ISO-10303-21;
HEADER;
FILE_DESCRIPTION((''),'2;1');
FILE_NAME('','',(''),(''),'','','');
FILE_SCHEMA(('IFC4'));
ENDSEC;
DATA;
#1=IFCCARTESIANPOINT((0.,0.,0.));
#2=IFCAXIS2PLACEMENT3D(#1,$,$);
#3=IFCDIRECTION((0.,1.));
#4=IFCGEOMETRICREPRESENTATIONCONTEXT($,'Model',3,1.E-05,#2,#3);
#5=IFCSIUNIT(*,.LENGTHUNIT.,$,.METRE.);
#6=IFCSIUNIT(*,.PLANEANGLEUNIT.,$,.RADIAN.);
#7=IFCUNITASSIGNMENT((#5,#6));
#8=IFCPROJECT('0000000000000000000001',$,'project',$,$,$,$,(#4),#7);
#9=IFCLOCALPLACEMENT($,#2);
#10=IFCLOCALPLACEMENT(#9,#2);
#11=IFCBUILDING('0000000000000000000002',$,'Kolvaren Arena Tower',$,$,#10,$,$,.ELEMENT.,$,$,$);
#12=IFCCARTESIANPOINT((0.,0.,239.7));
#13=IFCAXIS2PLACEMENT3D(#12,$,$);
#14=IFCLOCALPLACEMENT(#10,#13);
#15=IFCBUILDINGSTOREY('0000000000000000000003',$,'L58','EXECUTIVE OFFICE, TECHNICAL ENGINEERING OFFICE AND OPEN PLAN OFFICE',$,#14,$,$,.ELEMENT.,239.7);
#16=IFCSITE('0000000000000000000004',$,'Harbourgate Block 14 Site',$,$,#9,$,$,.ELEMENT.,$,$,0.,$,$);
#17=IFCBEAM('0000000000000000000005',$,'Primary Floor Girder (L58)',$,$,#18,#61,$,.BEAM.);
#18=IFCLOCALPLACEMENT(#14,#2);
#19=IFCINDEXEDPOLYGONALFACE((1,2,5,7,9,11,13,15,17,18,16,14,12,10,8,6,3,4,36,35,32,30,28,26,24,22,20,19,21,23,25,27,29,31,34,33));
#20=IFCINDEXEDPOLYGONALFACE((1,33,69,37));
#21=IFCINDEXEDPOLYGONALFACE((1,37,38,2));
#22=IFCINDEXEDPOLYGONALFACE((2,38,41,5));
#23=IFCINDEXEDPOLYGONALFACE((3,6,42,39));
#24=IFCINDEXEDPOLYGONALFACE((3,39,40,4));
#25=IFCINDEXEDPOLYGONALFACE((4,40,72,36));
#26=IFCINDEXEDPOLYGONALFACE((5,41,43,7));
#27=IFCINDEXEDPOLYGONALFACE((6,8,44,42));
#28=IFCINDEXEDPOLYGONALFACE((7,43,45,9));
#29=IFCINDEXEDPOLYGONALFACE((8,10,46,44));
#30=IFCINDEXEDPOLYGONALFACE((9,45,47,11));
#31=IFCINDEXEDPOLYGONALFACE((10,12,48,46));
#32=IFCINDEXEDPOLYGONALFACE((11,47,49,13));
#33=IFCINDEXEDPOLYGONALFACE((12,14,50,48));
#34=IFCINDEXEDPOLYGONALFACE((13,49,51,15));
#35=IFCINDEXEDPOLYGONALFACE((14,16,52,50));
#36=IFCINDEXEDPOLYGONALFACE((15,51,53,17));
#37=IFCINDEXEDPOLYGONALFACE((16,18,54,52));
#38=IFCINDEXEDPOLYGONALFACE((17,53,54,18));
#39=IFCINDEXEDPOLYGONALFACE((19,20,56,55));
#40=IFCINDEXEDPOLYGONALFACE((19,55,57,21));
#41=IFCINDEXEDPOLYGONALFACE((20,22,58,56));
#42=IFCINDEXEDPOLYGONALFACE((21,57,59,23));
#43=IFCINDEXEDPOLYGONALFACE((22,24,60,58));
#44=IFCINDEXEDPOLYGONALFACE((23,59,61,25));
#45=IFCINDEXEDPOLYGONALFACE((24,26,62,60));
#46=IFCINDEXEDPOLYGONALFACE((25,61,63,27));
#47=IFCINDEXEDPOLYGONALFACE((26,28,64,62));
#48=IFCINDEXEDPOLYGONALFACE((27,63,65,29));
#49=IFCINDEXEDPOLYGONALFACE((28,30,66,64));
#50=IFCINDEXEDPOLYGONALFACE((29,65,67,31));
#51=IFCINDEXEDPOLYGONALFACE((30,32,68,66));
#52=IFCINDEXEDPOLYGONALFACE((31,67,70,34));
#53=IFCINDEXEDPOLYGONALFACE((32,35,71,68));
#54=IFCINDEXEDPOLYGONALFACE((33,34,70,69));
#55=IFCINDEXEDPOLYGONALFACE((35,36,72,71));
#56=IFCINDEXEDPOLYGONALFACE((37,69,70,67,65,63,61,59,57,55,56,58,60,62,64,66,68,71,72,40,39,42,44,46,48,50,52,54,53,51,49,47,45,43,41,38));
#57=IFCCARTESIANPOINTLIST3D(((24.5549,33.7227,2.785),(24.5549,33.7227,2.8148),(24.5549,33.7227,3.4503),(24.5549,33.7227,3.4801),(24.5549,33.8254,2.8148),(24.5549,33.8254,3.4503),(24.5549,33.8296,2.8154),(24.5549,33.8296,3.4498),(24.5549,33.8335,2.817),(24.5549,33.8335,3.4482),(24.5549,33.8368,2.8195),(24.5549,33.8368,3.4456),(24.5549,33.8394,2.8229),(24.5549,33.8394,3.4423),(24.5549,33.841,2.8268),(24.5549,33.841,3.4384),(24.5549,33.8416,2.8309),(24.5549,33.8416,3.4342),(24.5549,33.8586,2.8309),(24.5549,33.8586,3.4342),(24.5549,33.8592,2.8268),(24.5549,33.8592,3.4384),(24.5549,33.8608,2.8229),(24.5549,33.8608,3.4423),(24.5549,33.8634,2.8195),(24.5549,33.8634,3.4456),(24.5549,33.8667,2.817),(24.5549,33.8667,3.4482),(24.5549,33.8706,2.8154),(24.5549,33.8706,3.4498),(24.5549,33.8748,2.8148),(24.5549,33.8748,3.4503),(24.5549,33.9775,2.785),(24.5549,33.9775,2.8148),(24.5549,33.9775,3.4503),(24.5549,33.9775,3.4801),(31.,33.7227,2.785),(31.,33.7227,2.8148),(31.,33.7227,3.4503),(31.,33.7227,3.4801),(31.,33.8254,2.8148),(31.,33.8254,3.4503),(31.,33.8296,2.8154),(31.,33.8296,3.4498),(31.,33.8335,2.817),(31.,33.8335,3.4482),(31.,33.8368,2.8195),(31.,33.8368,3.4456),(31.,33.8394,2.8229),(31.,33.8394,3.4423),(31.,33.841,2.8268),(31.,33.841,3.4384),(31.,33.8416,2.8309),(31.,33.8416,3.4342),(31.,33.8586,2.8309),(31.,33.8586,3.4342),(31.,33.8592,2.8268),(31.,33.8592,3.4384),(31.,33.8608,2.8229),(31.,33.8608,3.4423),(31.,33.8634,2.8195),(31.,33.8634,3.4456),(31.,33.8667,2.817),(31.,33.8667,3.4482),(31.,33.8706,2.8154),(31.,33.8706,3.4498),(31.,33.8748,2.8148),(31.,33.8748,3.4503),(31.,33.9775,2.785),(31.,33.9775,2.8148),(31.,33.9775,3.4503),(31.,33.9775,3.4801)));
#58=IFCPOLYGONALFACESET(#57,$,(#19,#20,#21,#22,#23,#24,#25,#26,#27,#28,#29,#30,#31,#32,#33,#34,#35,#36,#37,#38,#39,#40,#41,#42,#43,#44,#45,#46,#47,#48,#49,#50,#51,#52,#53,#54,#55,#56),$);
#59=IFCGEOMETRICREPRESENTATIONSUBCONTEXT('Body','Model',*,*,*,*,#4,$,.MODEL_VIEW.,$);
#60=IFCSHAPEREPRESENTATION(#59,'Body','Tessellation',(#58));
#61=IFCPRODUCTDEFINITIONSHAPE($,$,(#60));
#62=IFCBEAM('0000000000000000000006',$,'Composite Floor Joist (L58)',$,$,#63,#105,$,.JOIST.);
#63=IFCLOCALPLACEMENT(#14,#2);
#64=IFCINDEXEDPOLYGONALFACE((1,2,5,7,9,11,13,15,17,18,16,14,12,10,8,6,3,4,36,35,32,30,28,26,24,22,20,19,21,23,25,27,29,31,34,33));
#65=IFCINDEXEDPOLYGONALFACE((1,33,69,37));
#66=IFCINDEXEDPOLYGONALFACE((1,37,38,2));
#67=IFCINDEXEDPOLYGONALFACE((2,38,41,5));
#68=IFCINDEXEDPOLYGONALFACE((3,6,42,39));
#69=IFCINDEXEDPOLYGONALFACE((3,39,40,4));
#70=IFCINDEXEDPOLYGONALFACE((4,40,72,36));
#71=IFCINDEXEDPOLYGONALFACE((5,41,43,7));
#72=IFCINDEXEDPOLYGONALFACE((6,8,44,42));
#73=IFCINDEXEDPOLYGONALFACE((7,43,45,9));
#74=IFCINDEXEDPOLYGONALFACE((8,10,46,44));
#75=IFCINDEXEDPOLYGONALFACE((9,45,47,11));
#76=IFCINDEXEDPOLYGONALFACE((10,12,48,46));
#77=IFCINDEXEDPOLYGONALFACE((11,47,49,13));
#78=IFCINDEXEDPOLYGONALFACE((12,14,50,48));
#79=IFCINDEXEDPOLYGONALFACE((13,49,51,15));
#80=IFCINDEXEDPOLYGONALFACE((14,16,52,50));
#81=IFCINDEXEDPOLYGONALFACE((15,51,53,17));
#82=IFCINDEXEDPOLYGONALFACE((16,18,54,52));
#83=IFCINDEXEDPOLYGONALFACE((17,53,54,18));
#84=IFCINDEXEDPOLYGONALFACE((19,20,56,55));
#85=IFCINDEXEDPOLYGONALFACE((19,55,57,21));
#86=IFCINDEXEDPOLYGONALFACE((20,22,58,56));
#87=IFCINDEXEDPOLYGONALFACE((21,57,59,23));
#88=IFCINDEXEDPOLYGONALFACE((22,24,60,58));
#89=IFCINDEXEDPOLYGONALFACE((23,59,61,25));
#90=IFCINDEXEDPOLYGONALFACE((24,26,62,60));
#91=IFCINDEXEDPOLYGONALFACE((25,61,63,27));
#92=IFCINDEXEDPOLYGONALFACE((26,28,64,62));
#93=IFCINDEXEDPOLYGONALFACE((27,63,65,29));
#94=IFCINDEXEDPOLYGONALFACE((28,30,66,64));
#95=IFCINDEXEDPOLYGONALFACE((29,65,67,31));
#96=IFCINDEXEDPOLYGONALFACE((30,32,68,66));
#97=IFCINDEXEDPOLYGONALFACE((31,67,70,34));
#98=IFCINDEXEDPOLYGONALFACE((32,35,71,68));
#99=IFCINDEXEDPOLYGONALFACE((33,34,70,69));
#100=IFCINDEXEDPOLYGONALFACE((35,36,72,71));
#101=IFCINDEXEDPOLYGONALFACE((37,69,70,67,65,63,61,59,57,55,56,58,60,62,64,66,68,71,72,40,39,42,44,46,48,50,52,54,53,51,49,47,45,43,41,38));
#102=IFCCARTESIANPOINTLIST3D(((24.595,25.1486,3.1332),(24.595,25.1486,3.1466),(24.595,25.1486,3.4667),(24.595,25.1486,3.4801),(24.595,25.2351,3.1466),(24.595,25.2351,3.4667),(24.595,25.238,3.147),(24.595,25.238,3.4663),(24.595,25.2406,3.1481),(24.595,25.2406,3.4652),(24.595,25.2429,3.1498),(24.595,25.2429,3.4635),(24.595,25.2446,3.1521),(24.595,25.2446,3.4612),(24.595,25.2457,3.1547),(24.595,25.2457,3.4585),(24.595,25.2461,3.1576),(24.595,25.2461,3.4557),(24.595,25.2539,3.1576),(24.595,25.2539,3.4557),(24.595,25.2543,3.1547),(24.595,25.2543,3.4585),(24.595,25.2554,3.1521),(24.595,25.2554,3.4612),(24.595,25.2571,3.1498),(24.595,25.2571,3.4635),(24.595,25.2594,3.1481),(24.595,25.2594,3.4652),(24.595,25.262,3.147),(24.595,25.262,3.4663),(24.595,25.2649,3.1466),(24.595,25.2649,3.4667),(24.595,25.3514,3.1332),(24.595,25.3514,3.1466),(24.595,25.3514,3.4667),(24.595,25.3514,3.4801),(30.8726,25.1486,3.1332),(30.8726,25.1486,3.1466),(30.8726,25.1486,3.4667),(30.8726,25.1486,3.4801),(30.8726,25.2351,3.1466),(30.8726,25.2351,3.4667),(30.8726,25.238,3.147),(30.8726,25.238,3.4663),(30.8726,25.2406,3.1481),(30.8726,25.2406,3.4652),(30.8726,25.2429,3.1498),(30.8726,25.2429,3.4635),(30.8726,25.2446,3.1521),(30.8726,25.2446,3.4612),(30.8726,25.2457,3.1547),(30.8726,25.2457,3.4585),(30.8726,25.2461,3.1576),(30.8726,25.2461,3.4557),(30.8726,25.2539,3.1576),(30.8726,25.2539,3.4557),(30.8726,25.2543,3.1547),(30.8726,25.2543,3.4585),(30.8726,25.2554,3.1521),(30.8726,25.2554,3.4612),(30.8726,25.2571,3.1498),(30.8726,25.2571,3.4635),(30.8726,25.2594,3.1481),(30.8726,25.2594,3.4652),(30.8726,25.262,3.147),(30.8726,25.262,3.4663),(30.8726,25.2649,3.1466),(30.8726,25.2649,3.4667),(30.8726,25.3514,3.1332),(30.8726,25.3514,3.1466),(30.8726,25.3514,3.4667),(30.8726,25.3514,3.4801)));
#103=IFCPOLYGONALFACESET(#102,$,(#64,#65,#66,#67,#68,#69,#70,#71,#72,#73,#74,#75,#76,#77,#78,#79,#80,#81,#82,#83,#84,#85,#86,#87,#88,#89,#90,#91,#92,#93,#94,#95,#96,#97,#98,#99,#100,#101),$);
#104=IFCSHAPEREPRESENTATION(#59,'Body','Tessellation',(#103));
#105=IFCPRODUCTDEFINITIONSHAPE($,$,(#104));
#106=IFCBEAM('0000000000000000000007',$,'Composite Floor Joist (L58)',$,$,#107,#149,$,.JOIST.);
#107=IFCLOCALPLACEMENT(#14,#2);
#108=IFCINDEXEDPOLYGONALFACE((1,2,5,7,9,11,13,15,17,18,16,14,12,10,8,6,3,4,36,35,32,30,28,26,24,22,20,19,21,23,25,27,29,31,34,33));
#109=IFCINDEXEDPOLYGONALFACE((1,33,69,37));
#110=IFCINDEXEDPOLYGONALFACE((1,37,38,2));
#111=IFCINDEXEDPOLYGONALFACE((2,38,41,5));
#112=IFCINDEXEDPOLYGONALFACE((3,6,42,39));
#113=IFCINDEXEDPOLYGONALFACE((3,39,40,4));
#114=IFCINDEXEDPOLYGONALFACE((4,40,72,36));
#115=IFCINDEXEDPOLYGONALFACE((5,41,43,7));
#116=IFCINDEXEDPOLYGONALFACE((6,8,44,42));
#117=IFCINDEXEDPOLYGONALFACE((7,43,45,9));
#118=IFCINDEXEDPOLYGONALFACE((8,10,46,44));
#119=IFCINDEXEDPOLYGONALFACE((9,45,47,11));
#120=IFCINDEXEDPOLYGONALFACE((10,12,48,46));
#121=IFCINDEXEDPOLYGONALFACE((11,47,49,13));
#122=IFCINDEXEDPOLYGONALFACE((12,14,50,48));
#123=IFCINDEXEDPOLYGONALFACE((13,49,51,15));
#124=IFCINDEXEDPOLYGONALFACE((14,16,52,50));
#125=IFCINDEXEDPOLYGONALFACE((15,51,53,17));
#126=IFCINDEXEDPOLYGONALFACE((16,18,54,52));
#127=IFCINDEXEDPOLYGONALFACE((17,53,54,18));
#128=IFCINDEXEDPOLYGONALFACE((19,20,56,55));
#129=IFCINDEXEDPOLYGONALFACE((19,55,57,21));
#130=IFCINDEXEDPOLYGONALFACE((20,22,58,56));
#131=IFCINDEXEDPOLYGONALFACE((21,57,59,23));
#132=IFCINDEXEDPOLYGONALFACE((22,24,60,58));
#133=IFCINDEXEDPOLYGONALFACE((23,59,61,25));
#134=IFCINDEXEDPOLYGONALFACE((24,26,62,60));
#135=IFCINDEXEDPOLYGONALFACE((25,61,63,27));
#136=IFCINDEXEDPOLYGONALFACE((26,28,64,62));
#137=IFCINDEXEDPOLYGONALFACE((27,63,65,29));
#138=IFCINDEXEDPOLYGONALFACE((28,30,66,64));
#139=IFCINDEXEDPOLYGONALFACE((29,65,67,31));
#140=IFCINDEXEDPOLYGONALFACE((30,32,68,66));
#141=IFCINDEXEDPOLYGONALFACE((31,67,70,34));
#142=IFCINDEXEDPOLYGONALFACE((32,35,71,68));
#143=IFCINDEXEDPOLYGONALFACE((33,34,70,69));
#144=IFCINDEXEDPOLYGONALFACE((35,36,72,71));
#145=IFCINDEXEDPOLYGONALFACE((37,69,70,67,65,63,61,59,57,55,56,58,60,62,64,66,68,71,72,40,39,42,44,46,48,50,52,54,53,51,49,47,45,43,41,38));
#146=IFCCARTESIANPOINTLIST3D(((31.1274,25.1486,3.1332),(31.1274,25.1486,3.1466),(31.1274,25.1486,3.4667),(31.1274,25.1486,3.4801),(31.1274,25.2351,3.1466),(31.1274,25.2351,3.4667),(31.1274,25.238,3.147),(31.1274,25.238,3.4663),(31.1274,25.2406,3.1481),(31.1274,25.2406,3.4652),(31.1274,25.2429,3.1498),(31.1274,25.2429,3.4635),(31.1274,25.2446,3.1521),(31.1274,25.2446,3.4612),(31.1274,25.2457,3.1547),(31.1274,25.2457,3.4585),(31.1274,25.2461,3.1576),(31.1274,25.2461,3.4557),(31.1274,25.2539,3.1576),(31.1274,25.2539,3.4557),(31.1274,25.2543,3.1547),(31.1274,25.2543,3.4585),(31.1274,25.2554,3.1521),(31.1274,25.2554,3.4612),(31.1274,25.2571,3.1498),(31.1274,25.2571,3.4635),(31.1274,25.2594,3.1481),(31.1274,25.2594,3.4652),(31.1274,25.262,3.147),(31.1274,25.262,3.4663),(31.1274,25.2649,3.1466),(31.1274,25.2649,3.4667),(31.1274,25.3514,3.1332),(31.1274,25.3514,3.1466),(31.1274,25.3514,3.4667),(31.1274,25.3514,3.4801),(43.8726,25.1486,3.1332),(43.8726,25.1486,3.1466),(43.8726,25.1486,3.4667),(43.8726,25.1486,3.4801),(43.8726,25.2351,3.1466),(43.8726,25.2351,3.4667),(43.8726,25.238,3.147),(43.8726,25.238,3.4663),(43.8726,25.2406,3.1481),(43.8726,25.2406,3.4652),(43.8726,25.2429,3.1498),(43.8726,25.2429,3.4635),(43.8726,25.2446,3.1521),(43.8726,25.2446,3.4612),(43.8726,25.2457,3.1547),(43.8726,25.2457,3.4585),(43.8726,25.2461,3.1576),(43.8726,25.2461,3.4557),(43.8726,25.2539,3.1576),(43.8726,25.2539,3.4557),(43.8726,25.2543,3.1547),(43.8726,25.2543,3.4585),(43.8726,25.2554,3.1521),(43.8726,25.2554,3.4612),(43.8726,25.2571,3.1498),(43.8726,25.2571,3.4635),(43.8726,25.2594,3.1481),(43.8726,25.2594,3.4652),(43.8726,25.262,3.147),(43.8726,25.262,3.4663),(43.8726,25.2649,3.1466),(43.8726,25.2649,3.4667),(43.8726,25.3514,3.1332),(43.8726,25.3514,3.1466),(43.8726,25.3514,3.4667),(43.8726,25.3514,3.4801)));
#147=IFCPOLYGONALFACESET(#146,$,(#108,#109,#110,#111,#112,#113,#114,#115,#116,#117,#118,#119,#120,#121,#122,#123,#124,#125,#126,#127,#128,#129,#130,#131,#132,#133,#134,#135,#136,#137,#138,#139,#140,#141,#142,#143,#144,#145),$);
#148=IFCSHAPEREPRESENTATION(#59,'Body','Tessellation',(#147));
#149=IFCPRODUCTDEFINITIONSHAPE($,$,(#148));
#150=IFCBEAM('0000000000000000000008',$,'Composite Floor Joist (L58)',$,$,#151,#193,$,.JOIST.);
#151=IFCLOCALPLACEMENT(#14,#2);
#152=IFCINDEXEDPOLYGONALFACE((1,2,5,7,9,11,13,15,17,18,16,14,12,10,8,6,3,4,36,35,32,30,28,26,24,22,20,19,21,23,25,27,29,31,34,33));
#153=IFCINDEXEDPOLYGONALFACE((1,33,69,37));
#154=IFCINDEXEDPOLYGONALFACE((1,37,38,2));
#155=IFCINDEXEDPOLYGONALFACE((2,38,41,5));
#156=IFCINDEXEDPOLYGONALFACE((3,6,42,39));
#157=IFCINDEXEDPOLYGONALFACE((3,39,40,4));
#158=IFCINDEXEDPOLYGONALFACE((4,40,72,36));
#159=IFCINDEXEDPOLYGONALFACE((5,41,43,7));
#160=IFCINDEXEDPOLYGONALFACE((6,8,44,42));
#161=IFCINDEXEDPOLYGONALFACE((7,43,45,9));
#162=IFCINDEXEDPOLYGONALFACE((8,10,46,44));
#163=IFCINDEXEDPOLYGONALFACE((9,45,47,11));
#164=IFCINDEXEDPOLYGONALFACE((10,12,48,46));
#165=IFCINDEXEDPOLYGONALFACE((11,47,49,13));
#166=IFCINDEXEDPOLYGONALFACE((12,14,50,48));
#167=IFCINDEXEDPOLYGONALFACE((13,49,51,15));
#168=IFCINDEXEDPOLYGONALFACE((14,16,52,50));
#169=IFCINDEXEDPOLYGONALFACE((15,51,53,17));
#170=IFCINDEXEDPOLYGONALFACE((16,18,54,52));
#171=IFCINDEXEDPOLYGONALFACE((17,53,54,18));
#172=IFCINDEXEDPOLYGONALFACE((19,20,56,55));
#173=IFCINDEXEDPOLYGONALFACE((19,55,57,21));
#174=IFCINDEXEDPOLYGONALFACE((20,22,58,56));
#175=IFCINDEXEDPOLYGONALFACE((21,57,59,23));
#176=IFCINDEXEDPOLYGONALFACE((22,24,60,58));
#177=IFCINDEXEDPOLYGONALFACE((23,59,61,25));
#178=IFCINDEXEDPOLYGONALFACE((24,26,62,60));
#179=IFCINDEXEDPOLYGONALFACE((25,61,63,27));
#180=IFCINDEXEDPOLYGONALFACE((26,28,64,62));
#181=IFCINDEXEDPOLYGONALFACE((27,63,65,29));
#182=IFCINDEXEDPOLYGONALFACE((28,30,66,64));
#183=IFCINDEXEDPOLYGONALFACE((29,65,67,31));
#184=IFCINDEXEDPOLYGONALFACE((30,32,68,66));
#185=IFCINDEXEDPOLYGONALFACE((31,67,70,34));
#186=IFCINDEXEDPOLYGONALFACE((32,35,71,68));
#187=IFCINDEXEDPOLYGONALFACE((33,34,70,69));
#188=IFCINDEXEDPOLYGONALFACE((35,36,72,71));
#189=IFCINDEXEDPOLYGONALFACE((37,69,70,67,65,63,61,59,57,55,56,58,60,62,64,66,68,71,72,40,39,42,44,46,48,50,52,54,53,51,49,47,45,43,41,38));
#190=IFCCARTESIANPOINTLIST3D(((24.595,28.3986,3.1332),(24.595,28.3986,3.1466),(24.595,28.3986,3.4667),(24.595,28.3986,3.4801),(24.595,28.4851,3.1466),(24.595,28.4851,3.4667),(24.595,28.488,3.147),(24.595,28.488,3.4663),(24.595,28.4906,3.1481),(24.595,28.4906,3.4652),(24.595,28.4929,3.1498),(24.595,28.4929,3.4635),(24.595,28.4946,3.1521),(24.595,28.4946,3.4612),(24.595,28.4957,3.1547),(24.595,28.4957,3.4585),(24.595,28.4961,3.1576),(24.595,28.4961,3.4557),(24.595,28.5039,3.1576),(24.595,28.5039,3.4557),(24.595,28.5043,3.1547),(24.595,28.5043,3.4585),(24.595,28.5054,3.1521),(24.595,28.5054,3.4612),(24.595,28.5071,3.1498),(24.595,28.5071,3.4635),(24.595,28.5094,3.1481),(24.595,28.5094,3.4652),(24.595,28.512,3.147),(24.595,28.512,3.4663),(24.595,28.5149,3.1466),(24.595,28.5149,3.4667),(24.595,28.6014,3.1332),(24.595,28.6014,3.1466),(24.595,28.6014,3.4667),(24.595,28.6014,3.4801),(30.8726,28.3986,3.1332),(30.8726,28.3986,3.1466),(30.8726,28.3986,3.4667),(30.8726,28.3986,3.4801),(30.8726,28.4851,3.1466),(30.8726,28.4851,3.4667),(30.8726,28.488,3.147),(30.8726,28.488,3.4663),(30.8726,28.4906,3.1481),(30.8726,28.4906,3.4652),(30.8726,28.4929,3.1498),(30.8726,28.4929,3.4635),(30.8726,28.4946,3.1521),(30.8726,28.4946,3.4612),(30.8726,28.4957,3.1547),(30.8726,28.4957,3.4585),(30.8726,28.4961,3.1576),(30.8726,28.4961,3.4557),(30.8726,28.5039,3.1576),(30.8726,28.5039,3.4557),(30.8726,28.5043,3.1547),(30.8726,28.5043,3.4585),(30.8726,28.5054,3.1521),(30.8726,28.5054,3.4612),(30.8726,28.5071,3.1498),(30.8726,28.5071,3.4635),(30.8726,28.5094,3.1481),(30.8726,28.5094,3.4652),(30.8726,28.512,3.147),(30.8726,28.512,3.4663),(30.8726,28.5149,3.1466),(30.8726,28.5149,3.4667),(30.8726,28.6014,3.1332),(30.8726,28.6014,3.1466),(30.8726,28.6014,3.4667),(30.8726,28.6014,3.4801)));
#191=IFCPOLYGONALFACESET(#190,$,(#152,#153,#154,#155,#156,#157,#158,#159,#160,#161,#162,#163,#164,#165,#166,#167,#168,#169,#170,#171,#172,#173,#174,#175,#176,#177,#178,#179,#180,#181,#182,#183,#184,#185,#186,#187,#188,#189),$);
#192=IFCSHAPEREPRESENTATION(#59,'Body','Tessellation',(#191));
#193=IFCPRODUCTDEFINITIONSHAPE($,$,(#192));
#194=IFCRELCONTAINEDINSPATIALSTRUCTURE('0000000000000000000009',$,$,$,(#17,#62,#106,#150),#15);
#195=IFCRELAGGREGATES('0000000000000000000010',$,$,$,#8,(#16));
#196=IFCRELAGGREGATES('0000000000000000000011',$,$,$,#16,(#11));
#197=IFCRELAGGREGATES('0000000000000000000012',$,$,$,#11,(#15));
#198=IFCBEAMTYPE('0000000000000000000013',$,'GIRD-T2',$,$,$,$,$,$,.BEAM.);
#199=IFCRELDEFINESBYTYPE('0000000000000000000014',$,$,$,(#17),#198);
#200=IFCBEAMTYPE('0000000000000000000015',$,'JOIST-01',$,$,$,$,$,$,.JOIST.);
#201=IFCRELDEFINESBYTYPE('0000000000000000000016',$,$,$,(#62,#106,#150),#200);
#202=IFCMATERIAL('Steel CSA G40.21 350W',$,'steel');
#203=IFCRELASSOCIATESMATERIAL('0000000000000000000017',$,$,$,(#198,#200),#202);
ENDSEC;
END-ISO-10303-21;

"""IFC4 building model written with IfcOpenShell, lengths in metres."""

from ifc_helpers import new_model, si_unit, direction, frame, origin, origin_2d, place, context, subcontext, project, spatial, i_section, extrude, material, material_profile, profile_set, type_object, element, save


model = new_model("IFC4")

# Units and contexts
model_context = context("Model", 3, precision=1e-05, world=origin(), true_north=direction((0.0, 1.0)))
body_context = subcontext(model_context, "Body", "Model", "MODEL_VIEW")
ifc_project = project(units=[si_unit("LENGTHUNIT", "METRE"), si_unit("PLANEANGLEUNIT", "RADIAN")], contexts=[model_context])

# Site, building, storey
site_placement = place(None, origin())
site = spatial("IfcSite", under=ifc_project, at=site_placement, Name="Harbourgate Block 14 Site", CompositionType="ELEMENT", RefElevation=0.0)
building_placement = place(site_placement, origin())
building = spatial("IfcBuilding", under=site, at=building_placement, Name="Kolvaren Arena Tower", CompositionType="ELEMENT")
storey_placement = place(building_placement, frame((0.0, 0.0, 239.7)))
storey = spatial("IfcBuildingStorey", under=building, at=storey_placement, Name="L58", Description="EXECUTIVE OFFICE, TECHNICAL ENGINEERING OFFICE AND OPEN PLAN OFFICE", CompositionType="ELEMENT", Elevation=239.7)

# Beams
ifc_material_1 = material(Name="Steel CSA G40.21 350W", Category="steel")
ifc_material_profile_1 = material_profile(ifc_material_1, i_section(OverallWidth=0.2549, OverallDepth=0.6951, WebThickness=0.0171, FlangeThickness=0.0298, FilletRadius=0.0161, at=origin_2d()), Name="W690x217")
ifc_profile_set_1 = profile_set([ifc_material_profile_1], Name="Steel CSA G40.21 350W")
beam_type_1 = type_object("IfcBeamType", Name="GIRD-T2", PredefinedType="BEAM", material=ifc_profile_set_1)
beam_1_placement = place(storey_placement, frame((24.5549, 33.8501, 3.1326), z_axis=(1.0, 0.0, 0.0), x_axis=(0.0, 1.0, 0.0)))
element("IfcBeam", 1, at=beam_1_placement, inside=storey, type_object=beam_type_1, Name="Primary Floor Girder (L58)", PredefinedType="BEAM", context=body_context, shape_type="SweptSolid", body=[
    extrude(i_section(OverallWidth=0.2549, OverallDepth=0.6951, WebThickness=0.0171, FlangeThickness=0.0298, FilletRadius=0.0161, at=origin_2d()), origin(), (0.0, 0.0, 1.0), 6.4451),
])
ifc_material_profile_2 = material_profile(ifc_material_1, i_section(OverallWidth=0.2029, OverallDepth=0.3469, WebThickness=0.0078, FlangeThickness=0.0134, FilletRadius=0.011, at=origin_2d()), Name="W360x64")
ifc_profile_set_2 = profile_set([ifc_material_profile_2], Name="Steel CSA G40.21 350W")
beam_type_2 = type_object("IfcBeamType", Name="JOIST-01", PredefinedType="JOIST", material=ifc_profile_set_2)
beam_2_placement = place(storey_placement, frame((24.595, 25.25, 3.3066), z_axis=(1.0, 0.0, 0.0), x_axis=(0.0, 1.0, 0.0)))
element("IfcBeam", 2, at=beam_2_placement, inside=storey, type_object=beam_type_2, Name="Composite Floor Joist (L58)", PredefinedType="JOIST", context=body_context, shape_type="SweptSolid", body=[
    extrude(i_section(OverallWidth=0.2029, OverallDepth=0.3469, WebThickness=0.0078, FlangeThickness=0.0134, FilletRadius=0.011, at=origin_2d()), origin(), (0.0, 0.0, 1.0), 6.2776),
])
beam_3_placement = place(storey_placement, frame((31.1274, 25.25, 3.3066), z_axis=(1.0, 0.0, 0.0), x_axis=(0.0, 1.0, 0.0)))
element("IfcBeam", 3, at=beam_3_placement, inside=storey, type_object=beam_type_2, Name="Composite Floor Joist (L58)", PredefinedType="JOIST", context=body_context, shape_type="SweptSolid", body=[
    extrude(i_section(OverallWidth=0.2029, OverallDepth=0.3469, WebThickness=0.0078, FlangeThickness=0.0134, FilletRadius=0.011, at=origin_2d()), origin(), (0.0, 0.0, 1.0), 12.7451),
])
beam_4_placement = place(storey_placement, frame((24.595, 28.5, 3.3066), z_axis=(1.0, 0.0, 0.0), x_axis=(0.0, 1.0, 0.0)))
element("IfcBeam", 4, at=beam_4_placement, inside=storey, type_object=beam_type_2, Name="Composite Floor Joist (L58)", PredefinedType="JOIST", context=body_context, shape_type="SweptSolid", body=[
    extrude(i_section(OverallWidth=0.2029, OverallDepth=0.3469, WebThickness=0.0078, FlangeThickness=0.0134, FilletRadius=0.011, at=origin_2d()), origin(), (0.0, 0.0, 1.0), 6.2776),
])

save(model, "model.ifc")
